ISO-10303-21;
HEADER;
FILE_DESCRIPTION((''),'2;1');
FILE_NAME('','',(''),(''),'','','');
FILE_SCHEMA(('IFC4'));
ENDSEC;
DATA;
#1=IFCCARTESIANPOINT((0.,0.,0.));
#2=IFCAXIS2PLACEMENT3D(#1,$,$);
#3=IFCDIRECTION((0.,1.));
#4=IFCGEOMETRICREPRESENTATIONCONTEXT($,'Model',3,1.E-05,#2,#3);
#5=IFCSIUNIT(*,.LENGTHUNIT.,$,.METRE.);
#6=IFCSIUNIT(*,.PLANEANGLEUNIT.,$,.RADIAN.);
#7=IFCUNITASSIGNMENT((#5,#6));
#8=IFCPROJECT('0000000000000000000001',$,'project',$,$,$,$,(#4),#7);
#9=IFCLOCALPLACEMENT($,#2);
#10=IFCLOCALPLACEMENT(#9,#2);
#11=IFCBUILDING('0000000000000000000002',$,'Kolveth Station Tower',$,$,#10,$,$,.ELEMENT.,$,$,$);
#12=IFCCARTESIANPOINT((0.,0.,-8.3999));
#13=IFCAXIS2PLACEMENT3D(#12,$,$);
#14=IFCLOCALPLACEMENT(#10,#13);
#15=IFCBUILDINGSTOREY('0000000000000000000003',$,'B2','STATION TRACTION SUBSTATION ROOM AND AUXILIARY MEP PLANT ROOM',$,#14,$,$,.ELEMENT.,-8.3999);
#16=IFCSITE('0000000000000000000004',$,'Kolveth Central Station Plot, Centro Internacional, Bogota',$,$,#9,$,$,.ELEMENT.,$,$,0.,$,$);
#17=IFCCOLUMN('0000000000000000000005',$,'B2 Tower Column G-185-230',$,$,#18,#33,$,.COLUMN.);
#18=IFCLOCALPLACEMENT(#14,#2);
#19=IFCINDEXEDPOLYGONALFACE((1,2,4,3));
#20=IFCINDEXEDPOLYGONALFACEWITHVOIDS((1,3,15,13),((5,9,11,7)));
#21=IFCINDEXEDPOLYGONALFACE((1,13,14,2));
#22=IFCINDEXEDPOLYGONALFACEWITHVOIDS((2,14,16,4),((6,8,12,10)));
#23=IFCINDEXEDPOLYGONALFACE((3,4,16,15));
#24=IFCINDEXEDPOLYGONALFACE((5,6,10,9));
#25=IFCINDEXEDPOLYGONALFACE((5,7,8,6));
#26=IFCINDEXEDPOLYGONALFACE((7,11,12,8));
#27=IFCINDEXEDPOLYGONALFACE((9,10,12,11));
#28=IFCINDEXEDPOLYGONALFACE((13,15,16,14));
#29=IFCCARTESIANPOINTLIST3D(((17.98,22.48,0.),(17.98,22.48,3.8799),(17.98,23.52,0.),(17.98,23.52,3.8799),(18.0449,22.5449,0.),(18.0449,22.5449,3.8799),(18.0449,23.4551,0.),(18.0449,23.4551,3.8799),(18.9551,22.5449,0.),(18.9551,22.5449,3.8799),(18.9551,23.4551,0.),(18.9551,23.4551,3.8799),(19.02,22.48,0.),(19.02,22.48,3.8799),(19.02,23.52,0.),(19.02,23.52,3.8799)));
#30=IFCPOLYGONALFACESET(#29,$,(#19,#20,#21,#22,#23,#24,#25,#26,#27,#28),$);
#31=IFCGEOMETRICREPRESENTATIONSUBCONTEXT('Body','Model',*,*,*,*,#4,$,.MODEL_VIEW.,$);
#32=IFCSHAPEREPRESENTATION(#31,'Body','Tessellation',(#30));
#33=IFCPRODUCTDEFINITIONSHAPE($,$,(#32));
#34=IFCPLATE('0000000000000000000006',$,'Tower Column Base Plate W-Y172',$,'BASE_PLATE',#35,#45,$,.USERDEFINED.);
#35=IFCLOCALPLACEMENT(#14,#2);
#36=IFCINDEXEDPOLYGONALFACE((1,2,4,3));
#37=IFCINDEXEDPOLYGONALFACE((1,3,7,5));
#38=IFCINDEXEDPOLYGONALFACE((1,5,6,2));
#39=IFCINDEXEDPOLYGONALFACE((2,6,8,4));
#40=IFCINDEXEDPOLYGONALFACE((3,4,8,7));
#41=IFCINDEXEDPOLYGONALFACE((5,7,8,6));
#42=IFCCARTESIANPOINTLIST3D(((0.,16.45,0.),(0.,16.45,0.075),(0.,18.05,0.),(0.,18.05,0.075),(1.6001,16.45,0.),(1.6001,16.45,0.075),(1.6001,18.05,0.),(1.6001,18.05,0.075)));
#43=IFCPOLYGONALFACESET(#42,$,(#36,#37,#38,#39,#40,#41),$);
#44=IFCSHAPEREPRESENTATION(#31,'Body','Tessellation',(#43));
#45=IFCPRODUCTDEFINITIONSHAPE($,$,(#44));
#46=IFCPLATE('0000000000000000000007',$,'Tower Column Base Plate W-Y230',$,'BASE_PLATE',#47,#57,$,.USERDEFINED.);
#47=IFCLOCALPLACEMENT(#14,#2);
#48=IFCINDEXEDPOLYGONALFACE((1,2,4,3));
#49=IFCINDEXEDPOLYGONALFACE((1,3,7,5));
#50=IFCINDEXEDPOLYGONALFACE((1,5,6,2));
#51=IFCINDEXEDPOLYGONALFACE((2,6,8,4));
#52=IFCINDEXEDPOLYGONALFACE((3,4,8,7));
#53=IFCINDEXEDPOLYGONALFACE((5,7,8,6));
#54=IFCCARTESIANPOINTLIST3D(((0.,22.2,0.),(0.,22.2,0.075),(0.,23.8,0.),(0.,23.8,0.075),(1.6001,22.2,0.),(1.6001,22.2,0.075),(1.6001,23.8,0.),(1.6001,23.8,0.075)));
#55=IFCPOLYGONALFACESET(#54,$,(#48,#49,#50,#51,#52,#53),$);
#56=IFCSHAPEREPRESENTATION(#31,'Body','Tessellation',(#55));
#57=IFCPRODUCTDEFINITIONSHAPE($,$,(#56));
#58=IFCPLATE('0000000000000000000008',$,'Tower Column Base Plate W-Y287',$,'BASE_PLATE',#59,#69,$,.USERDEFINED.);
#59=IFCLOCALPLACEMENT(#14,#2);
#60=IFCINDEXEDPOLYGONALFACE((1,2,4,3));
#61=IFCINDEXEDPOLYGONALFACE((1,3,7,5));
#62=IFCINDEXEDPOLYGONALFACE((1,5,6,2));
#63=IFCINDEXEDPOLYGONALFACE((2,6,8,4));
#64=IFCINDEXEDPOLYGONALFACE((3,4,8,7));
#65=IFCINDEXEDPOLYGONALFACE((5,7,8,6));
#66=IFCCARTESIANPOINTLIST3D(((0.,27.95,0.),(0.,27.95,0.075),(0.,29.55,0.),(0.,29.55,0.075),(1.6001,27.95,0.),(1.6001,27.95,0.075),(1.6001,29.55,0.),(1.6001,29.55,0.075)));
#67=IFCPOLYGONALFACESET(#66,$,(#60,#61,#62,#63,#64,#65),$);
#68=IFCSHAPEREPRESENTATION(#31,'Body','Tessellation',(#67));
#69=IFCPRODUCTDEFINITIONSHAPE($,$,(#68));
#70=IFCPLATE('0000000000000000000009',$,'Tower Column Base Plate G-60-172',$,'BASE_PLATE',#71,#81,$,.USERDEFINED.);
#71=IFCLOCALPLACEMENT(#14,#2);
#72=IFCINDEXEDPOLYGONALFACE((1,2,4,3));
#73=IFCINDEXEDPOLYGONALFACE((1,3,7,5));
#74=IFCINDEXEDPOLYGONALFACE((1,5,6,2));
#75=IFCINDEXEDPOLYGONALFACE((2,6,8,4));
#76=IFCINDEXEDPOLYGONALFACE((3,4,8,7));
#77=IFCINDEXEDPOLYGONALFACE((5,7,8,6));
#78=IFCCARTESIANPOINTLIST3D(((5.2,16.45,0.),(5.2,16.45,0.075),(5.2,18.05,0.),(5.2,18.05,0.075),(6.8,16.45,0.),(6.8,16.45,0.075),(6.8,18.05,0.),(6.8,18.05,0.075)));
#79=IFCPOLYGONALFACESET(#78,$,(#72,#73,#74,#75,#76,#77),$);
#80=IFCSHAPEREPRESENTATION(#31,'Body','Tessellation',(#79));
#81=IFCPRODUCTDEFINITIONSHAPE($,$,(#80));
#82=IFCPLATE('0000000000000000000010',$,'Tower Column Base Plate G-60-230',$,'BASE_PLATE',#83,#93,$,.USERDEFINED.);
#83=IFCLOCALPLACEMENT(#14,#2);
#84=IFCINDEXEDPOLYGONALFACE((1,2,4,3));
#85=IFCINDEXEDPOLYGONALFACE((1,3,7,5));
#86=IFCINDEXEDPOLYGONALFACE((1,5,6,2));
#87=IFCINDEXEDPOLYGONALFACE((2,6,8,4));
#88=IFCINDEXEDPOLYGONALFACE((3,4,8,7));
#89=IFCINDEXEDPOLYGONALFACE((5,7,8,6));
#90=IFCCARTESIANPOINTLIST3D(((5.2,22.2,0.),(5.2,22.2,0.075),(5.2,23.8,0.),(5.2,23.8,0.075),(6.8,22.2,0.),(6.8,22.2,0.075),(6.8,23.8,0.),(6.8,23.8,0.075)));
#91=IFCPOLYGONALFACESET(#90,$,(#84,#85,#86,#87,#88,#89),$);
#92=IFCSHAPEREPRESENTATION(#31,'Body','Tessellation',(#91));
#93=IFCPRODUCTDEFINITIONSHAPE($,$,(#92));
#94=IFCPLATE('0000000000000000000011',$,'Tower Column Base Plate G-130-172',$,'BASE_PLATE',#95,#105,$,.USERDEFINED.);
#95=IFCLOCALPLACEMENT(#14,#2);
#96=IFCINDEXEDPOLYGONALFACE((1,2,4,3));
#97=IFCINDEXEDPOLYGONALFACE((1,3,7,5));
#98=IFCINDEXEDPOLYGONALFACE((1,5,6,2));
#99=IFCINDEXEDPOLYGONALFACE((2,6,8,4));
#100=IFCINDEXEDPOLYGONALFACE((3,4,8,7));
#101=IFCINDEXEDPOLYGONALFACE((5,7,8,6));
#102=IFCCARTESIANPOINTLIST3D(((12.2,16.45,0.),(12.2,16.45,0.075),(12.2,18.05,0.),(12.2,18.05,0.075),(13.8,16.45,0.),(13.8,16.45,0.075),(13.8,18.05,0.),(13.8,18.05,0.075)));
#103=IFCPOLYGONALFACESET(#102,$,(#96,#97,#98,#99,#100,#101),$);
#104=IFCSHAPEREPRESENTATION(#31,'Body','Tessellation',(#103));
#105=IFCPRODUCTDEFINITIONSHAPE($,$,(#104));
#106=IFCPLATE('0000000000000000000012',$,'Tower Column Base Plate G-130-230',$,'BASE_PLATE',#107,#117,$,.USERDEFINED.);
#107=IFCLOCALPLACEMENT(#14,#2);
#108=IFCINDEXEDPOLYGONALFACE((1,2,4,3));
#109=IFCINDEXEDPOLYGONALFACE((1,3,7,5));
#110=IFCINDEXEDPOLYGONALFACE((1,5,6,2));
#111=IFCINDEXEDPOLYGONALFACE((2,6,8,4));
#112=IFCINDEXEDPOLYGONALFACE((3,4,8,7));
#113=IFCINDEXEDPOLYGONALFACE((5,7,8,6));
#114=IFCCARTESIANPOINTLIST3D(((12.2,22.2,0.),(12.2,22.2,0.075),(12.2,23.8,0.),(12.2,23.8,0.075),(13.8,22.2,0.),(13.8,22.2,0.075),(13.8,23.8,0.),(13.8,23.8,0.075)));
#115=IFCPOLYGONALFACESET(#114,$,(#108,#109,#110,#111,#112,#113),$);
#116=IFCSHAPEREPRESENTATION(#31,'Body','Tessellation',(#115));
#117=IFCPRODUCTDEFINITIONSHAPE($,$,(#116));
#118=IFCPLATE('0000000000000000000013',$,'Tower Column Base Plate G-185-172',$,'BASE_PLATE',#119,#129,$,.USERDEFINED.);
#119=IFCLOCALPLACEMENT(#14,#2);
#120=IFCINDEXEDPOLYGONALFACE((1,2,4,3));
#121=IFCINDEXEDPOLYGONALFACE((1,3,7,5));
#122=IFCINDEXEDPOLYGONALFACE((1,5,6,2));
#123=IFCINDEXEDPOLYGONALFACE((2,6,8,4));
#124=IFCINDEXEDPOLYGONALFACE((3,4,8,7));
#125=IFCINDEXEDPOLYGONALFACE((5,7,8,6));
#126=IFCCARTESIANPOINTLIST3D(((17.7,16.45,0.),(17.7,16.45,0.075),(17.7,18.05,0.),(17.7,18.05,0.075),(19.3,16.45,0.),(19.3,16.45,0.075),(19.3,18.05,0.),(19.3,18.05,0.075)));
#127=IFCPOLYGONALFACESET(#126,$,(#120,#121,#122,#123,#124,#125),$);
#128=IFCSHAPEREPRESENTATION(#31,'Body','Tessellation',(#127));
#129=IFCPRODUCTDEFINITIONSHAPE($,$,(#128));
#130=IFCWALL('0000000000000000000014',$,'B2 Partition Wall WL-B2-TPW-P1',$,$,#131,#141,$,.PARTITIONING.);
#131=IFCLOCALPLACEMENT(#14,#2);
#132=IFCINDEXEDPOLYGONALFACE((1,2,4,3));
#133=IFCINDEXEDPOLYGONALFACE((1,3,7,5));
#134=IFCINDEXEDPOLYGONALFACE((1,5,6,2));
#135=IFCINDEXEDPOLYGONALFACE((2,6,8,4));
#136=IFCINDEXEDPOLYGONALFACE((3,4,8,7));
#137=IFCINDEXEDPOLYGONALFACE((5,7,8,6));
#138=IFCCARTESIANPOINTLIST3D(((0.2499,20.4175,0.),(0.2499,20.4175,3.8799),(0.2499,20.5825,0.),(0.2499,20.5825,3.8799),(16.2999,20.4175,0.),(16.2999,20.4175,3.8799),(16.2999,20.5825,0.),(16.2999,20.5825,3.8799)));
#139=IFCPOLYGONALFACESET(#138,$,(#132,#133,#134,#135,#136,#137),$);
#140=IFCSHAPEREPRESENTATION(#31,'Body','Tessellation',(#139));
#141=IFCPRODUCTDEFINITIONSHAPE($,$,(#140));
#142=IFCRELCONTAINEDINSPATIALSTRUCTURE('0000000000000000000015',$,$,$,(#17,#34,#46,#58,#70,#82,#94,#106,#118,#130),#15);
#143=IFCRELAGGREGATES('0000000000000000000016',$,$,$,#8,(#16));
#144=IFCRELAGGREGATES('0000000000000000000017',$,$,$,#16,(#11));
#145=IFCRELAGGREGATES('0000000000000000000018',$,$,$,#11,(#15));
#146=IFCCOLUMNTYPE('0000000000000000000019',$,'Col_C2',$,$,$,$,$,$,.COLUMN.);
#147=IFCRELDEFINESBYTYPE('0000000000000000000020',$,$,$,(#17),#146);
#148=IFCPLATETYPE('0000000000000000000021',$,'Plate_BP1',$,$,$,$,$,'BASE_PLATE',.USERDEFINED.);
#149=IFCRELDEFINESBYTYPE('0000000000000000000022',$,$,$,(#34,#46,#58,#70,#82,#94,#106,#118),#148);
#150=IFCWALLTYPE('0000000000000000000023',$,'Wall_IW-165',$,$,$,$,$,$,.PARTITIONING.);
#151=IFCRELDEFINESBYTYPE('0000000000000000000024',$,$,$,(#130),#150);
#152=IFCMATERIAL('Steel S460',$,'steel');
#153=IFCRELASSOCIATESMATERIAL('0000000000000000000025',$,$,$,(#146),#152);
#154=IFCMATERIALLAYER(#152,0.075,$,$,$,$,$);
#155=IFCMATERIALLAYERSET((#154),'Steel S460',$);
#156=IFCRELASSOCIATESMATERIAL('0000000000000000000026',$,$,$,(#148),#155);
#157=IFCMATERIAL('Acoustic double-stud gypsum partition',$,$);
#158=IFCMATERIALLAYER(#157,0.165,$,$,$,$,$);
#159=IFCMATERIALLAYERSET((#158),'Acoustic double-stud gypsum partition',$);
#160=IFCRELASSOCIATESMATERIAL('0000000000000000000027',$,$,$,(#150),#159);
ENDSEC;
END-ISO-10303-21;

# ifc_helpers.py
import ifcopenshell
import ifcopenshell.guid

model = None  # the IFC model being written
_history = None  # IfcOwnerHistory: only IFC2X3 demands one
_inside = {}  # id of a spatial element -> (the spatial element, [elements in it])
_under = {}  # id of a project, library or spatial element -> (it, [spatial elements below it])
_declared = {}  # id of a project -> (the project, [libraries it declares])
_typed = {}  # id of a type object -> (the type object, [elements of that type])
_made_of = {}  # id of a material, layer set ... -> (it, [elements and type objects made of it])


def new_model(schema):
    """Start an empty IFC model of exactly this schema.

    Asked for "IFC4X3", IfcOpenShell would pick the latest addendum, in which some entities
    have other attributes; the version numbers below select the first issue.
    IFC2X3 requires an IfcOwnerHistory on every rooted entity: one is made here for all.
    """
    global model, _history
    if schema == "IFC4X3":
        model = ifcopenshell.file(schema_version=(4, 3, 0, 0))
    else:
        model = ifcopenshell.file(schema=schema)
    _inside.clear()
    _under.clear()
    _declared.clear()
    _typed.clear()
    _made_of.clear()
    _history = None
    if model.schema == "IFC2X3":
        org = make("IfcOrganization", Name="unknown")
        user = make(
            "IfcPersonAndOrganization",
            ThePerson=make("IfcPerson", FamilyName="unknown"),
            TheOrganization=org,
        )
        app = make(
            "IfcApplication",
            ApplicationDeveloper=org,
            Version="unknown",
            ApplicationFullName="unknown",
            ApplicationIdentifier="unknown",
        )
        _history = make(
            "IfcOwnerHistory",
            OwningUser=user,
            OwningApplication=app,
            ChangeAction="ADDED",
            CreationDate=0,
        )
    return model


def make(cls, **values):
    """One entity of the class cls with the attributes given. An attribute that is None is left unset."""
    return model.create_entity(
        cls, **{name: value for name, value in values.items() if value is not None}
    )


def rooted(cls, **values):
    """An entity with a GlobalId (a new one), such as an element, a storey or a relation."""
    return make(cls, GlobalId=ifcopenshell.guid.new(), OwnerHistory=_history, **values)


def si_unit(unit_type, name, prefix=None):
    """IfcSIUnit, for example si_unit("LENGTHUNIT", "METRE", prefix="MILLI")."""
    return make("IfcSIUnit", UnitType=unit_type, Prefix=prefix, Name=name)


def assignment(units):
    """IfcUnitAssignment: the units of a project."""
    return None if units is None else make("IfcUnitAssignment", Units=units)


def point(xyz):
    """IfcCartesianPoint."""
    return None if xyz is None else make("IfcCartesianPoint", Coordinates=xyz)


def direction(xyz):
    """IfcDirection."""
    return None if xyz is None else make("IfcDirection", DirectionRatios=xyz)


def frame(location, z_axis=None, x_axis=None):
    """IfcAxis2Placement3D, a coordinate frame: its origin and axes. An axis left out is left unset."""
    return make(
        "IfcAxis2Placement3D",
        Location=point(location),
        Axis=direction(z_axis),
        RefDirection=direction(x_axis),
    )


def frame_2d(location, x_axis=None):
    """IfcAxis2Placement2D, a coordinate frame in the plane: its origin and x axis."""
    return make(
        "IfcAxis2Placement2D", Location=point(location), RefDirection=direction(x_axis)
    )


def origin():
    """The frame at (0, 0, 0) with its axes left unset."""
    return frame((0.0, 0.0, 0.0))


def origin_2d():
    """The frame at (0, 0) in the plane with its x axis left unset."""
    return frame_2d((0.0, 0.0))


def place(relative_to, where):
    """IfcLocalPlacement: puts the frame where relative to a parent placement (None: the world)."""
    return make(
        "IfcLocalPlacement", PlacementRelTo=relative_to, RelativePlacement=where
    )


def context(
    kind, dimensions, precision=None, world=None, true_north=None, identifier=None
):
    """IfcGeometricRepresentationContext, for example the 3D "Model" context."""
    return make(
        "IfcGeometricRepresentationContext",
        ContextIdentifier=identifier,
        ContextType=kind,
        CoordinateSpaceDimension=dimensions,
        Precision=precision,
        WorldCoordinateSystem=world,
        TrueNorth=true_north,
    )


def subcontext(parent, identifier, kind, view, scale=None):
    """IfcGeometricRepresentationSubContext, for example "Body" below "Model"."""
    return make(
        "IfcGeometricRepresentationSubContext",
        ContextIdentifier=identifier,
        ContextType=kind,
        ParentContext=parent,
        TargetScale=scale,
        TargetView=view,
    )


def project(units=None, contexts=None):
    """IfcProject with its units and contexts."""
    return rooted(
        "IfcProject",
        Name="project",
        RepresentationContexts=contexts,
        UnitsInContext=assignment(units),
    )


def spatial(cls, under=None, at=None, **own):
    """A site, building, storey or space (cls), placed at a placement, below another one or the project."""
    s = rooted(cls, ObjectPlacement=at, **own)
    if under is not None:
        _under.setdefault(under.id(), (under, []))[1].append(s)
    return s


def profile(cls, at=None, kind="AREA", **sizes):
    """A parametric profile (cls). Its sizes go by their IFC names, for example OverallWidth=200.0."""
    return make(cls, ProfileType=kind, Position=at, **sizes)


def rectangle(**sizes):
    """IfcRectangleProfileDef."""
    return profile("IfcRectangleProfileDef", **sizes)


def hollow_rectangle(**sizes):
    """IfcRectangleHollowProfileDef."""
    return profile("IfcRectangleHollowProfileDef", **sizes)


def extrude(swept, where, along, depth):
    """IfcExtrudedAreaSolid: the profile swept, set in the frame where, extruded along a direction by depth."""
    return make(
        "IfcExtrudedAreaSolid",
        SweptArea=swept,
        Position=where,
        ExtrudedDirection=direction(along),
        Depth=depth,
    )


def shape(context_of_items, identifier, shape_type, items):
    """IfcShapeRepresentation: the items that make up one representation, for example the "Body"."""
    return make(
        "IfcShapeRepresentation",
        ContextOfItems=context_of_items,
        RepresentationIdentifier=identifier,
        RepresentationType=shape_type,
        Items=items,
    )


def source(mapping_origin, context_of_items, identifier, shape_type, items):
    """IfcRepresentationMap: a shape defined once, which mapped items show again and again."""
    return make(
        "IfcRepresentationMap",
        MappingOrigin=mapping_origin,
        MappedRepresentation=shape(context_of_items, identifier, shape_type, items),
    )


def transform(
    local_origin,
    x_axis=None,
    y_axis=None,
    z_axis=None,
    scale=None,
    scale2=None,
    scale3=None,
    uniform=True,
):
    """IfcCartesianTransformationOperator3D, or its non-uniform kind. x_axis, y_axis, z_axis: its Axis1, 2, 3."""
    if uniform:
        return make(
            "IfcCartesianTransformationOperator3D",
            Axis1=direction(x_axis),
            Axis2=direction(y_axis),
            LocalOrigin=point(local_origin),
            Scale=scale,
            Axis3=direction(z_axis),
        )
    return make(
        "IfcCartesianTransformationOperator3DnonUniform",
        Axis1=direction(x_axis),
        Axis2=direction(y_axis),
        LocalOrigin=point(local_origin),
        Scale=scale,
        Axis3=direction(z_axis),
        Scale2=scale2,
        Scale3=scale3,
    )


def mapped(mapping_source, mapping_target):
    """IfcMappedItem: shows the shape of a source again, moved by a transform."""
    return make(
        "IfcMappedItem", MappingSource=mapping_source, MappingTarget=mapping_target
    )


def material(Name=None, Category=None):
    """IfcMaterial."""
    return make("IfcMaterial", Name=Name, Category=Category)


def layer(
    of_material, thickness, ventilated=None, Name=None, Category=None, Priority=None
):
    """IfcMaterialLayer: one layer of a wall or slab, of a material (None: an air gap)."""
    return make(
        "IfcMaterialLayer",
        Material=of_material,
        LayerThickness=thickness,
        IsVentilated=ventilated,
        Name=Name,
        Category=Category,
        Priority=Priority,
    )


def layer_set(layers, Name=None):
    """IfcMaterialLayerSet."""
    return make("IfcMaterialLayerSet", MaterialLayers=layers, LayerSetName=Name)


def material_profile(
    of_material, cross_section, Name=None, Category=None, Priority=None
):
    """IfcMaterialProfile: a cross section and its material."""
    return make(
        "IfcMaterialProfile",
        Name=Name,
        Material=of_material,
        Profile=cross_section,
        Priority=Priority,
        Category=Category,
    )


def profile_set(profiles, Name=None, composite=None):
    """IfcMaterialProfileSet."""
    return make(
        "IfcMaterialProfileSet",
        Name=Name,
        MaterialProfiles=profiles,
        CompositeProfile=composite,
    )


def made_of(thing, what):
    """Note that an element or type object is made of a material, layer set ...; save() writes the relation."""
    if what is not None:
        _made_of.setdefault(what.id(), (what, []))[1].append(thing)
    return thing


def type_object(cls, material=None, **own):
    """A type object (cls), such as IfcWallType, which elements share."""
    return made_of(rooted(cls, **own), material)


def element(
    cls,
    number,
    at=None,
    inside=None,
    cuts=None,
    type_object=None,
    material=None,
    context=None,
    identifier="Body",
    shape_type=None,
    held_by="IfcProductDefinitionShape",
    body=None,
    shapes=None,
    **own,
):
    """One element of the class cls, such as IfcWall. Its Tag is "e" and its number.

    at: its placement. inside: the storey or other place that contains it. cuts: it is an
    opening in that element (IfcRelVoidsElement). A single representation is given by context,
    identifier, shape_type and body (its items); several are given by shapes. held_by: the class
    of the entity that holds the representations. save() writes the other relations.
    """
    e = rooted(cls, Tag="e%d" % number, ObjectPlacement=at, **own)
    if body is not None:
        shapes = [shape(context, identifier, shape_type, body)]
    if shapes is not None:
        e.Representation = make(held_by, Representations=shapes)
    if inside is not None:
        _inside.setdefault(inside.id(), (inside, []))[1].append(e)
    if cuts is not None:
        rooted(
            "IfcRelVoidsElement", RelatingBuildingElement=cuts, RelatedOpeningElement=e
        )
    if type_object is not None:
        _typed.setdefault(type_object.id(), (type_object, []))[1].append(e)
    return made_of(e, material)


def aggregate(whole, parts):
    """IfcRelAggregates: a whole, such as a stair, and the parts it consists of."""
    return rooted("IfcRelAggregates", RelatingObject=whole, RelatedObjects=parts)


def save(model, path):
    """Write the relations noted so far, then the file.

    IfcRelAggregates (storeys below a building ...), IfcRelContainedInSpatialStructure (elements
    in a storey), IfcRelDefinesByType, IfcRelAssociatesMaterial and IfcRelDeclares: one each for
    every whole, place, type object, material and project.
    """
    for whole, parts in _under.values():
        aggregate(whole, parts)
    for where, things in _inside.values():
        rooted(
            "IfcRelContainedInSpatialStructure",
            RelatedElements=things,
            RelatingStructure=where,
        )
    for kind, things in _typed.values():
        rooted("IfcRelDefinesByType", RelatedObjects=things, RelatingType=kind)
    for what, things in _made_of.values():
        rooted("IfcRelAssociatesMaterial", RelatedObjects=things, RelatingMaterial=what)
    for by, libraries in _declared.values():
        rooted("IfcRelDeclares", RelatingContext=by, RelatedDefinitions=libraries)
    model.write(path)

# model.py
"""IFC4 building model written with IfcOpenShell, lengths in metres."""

from ifc_helpers import new_model, si_unit, direction, frame, frame_2d, origin, origin_2d, place, context, subcontext, project, spatial, rectangle, hollow_rectangle, extrude, source, transform, mapped, material, layer, layer_set, material_profile, profile_set, type_object, element, save


model = new_model("IFC4")

# Units and contexts
model_context = context("Model", 3, precision=1e-05, world=origin(), true_north=direction((0.0, 1.0)))
body_context = subcontext(model_context, "Body", "Model", "MODEL_VIEW")
ifc_project = project(units=[si_unit("LENGTHUNIT", "METRE"), si_unit("PLANEANGLEUNIT", "RADIAN")], contexts=[model_context])

# Site, building, storey
site_placement = place(None, origin())
site = spatial("IfcSite", under=ifc_project, at=site_placement, Name="Kolveth Central Station Plot, Centro Internacional, Bogota", CompositionType="ELEMENT", RefElevation=0.0)
building_placement = place(site_placement, origin())
building = spatial("IfcBuilding", under=site, at=building_placement, Name="Kolveth Station Tower", CompositionType="ELEMENT")
storey_placement = place(building_placement, frame((0.0, 0.0, -8.3999)))
storey = spatial("IfcBuildingStorey", under=building, at=storey_placement, Name="B2", Description="STATION TRACTION SUBSTATION ROOM AND AUXILIARY MEP PLANT ROOM", CompositionType="ELEMENT", Elevation=-8.3999)

# Column
ifc_material_1 = material(Name="Steel S460", Category="steel")
ifc_material_profile_1 = material_profile(ifc_material_1, hollow_rectangle(XDim=1.04, YDim=1.04, WallThickness=0.0649, at=origin_2d()), Name="BOX1040x1040x65")
ifc_profile_set_1 = profile_set([ifc_material_profile_1], Name="Steel S460")
column_type_1 = type_object("IfcColumnType", Name="Col_C2", PredefinedType="COLUMN", material=ifc_profile_set_1)
shared_shape_1 = source(origin(), body_context, "Body", "SweptSolid", [
    extrude(hollow_rectangle(XDim=1.04, YDim=1.04, WallThickness=0.0649, at=origin_2d()), origin(), (0.0, 0.0, 1.0), 3.8799),
])
for number, where, z_axis, x_axis, name in (
    (1, (18.5, 23.0, 0.0), (0.0, 0.0, 1.0), (1.0, 0.0, 0.0), "B2 Tower Column G-185-230"),
):
    element("IfcColumn", number, at=place(storey_placement, frame(where, z_axis=z_axis, x_axis=x_axis)), inside=storey, type_object=column_type_1, Name=name, PredefinedType="COLUMN", context=body_context, shape_type="MappedRepresentation", body=[
        mapped(shared_shape_1, transform((0.0, 0.0, 0.0), x_axis=(1.0, 0.0, 0.0), y_axis=(0.0, 1.0, 0.0), z_axis=(0.0, 0.0, 1.0), scale=1.0)),
    ])

# Plates
ifc_layer_1 = layer(ifc_material_1, 0.075)
ifc_layer_set_1 = layer_set([ifc_layer_1], Name="Steel S460")
plate_type = type_object("IfcPlateType", Name="Plate_BP1", ElementType="BASE_PLATE", PredefinedType="USERDEFINED", material=ifc_layer_set_1)
shared_shape_2 = source(origin(), body_context, "Body", "SweptSolid", [
    extrude(rectangle(XDim=1.6001, YDim=1.6001, at=origin_2d()), origin(), (0.0, 0.0, 1.0), 0.075),
])
for number, where, z_axis, x_axis, name in (
    (2, (0.8, 17.25, 0.0), (0.0, 0.0, 1.0), (1.0, 0.0, 0.0), "Tower Column Base Plate W-Y172"),
    (3, (0.8, 23.0, 0.0), (0.0, 0.0, 1.0), (1.0, 0.0, 0.0), "Tower Column Base Plate W-Y230"),
    (4, (0.8, 28.75, 0.0), (0.0, 0.0, 1.0), (1.0, 0.0, 0.0), "Tower Column Base Plate W-Y287"),
    (5, (6.0, 17.25, 0.0), (0.0, 0.0, 1.0), (1.0, 0.0, 0.0), "Tower Column Base Plate G-60-172"),
    (6, (6.0, 23.0, 0.0), (0.0, 0.0, 1.0), (1.0, 0.0, 0.0), "Tower Column Base Plate G-60-230"),
    (7, (13.0, 17.25, 0.0), (0.0, 0.0, 1.0), (1.0, 0.0, 0.0), "Tower Column Base Plate G-130-172"),
    (8, (13.0, 23.0, 0.0), (0.0, 0.0, 1.0), (1.0, 0.0, 0.0), "Tower Column Base Plate G-130-230"),
    (9, (18.5, 17.25, 0.0), (0.0, 0.0, 1.0), (1.0, 0.0, 0.0), "Tower Column Base Plate G-185-172"),
):
    element("IfcPlate", number, at=place(storey_placement, frame(where, z_axis=z_axis, x_axis=x_axis)), inside=storey, type_object=plate_type, Name=name, ObjectType="BASE_PLATE", PredefinedType="USERDEFINED", context=body_context, shape_type="MappedRepresentation", body=[
        mapped(shared_shape_2, transform((0.0, 0.0, 0.0), x_axis=(1.0, 0.0, 0.0), y_axis=(0.0, 1.0, 0.0), z_axis=(0.0, 0.0, 1.0), scale=1.0)),
    ])

# Wall
ifc_material_2 = material(Name="Acoustic double-stud gypsum partition")
ifc_layer_2 = layer(ifc_material_2, 0.165)
ifc_layer_set_2 = layer_set([ifc_layer_2], Name="Acoustic double-stud gypsum partition")
wall_type = type_object("IfcWallType", Name="Wall_IW-165", PredefinedType="PARTITIONING", material=ifc_layer_set_2)
wall_placement = place(storey_placement, frame((0.25, 20.5, 0.0), z_axis=(0.0, 0.0, 1.0), x_axis=(1.0, 0.0, 0.0)))
element("IfcWall", 10, at=wall_placement, inside=storey, type_object=wall_type, Name="B2 Partition Wall WL-B2-TPW-P1", PredefinedType="PARTITIONING", context=body_context, shape_type="SweptSolid", body=[
    extrude(rectangle(XDim=16.05, YDim=0.165, at=frame_2d((8.0249, 0.0))), origin(), (0.0, 0.0, 1.0), 3.8799),
])

save(model, "model.ifc")
